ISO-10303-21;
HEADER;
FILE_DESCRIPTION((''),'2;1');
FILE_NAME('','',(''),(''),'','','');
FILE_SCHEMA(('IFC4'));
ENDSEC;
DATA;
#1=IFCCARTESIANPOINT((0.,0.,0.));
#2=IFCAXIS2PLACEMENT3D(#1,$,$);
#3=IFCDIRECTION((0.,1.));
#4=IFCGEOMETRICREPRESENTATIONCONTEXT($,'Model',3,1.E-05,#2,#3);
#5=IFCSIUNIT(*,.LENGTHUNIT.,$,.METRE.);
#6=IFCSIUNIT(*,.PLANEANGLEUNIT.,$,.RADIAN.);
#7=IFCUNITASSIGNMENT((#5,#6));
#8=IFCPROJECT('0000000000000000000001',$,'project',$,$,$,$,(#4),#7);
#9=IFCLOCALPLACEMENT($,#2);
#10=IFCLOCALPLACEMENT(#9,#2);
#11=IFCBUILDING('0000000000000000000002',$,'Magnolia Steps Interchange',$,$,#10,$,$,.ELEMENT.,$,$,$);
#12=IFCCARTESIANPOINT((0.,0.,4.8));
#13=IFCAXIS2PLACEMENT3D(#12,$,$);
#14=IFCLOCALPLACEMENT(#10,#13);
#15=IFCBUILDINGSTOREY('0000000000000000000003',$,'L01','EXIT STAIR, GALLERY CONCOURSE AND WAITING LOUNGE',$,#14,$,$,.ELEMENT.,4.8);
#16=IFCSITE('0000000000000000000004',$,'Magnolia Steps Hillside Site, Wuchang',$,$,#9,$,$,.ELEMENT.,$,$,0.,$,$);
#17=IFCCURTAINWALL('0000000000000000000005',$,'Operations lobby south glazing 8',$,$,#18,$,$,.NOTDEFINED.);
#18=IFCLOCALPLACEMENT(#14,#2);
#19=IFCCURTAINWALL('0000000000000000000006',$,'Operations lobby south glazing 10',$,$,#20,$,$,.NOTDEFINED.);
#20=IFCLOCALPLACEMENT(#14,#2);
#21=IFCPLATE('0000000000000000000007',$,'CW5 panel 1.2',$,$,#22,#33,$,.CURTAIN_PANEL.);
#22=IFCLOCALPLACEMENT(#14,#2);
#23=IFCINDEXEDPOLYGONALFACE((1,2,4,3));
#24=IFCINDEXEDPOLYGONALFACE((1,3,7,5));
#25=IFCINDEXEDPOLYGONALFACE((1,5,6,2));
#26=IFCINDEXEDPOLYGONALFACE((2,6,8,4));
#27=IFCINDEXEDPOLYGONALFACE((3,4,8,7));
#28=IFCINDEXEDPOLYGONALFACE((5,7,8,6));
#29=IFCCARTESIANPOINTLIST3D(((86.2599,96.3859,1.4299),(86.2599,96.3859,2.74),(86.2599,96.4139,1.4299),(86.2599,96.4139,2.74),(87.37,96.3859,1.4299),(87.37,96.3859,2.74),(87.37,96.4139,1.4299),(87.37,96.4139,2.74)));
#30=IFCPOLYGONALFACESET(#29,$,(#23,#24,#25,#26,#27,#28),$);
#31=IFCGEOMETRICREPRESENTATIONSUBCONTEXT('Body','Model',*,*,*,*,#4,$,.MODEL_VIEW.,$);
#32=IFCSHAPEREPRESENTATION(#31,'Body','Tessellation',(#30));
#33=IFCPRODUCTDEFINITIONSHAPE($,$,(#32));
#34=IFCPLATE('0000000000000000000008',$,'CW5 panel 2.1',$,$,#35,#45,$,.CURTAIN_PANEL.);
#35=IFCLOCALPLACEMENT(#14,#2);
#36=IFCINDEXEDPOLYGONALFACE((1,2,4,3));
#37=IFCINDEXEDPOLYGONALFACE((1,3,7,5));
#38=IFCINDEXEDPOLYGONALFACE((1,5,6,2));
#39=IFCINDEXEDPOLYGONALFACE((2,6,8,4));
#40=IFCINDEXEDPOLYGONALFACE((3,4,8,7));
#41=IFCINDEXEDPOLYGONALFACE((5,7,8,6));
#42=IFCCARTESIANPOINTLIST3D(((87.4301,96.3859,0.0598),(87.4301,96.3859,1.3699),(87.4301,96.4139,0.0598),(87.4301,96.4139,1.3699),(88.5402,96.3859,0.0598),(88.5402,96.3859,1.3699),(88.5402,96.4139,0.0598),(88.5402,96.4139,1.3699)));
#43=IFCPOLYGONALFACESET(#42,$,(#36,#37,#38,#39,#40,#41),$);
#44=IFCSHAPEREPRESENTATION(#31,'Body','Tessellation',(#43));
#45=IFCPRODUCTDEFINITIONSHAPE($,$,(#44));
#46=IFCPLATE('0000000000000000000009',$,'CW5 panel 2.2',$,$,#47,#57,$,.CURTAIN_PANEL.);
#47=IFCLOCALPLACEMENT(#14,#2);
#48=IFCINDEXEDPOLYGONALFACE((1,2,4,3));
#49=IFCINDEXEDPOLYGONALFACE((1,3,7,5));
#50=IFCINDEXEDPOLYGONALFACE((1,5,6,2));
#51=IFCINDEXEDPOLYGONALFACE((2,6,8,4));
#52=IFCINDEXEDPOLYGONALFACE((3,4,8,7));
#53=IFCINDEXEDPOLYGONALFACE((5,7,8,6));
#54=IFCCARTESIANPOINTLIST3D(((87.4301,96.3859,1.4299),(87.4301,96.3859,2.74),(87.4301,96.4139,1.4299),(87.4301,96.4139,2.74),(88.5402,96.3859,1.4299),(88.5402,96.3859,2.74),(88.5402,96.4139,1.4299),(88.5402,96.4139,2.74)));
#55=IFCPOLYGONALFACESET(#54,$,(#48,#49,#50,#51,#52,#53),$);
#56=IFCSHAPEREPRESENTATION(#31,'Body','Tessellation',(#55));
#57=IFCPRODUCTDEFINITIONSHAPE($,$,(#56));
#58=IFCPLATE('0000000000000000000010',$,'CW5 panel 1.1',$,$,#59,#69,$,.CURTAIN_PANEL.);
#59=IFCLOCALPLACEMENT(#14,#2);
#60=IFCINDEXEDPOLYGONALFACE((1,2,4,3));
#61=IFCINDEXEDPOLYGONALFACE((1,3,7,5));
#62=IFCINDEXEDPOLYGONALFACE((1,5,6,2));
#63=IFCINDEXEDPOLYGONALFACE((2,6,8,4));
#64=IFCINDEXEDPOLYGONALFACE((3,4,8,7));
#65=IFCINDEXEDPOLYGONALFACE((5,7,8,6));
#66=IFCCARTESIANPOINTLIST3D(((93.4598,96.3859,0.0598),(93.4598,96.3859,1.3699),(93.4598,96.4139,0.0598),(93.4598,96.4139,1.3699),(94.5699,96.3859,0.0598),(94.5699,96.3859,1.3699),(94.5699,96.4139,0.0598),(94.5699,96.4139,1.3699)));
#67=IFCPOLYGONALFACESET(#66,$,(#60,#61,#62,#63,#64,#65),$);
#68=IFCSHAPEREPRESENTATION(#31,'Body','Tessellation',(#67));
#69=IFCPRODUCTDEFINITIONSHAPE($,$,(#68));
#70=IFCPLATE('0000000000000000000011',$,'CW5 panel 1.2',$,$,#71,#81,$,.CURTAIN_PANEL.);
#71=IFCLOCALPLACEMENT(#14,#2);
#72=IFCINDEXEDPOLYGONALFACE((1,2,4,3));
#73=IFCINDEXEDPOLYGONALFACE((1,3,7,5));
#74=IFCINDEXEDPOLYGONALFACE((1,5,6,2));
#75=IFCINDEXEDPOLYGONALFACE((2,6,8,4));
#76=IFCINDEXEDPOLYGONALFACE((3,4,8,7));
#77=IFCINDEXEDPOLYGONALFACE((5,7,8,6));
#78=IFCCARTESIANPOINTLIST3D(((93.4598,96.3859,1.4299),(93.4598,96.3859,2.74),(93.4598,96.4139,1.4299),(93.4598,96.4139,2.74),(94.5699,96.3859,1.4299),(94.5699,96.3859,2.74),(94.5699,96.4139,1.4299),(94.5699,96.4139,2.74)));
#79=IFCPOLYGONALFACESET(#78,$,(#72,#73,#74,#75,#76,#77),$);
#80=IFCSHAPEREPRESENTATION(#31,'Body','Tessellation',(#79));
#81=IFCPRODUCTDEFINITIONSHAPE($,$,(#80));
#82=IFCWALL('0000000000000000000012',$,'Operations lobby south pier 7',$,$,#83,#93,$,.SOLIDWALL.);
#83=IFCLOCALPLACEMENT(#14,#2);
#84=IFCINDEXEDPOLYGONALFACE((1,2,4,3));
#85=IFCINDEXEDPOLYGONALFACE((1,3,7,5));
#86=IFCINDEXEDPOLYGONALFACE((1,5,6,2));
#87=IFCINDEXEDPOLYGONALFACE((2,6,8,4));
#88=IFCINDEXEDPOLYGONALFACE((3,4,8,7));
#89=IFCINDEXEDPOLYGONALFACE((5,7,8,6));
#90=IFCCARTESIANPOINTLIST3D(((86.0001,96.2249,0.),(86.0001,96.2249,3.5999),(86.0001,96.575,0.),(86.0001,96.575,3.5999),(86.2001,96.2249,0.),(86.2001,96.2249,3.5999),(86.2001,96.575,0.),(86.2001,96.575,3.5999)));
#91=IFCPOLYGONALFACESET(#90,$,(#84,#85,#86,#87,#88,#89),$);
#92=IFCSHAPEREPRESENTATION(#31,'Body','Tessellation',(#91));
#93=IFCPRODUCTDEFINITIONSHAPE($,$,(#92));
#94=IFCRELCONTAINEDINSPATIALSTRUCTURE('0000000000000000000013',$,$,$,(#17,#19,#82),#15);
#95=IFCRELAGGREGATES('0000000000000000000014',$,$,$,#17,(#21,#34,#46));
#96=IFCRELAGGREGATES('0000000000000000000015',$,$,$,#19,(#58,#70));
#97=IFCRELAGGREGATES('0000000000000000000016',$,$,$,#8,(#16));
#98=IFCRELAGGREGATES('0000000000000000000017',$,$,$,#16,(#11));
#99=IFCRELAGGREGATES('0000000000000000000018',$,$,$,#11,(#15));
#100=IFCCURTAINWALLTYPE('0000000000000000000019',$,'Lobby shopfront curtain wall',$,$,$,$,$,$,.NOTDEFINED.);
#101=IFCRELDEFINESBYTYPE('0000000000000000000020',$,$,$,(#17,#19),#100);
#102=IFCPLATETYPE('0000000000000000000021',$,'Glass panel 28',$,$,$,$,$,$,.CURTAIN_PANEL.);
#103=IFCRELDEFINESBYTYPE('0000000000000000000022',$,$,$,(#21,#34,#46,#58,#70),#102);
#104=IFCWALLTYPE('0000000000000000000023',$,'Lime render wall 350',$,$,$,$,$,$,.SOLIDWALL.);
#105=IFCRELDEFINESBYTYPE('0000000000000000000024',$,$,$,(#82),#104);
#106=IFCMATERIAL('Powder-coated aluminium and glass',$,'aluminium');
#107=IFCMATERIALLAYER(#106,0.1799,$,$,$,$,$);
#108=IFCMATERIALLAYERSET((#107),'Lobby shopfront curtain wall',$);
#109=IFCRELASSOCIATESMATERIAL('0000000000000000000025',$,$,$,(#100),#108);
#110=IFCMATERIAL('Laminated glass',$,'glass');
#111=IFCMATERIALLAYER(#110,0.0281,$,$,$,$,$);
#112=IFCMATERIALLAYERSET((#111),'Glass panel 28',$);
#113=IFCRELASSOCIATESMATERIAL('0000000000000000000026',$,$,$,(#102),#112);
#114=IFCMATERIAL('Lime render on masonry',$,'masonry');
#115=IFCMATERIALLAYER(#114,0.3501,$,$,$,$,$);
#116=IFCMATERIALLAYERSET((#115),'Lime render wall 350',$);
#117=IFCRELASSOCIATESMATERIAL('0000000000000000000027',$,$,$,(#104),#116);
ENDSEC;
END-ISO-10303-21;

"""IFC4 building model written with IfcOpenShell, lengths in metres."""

from ifc_helpers import new_model, si_unit, direction, frame, frame_2d, origin, origin_2d, place, context, subcontext, project, spatial, rectangle, extrude, material, layer, layer_set, type_object, element, aggregate, save


model = new_model("IFC4")

# Units and contexts
model_context = context("Model", 3, precision=1e-05, world=origin(), true_north=direction((0.0, 1.0)))
body_context = subcontext(model_context, "Body", "Model", "MODEL_VIEW")
ifc_project = project(units=[si_unit("LENGTHUNIT", "METRE"), si_unit("PLANEANGLEUNIT", "RADIAN")], contexts=[model_context])

# Site, building, storey
site_placement = place(None, origin())
site = spatial("IfcSite", under=ifc_project, at=site_placement, Name="Magnolia Steps Hillside Site, Wuchang", CompositionType="ELEMENT", RefElevation=0.0)
building_placement = place(site_placement, origin())
building = spatial("IfcBuilding", under=site, at=building_placement, Name="Magnolia Steps Interchange", CompositionType="ELEMENT")
storey_placement = place(building_placement, frame((0.0, 0.0, 4.8)))
storey = spatial("IfcBuildingStorey", under=building, at=storey_placement, Name="L01", Description="EXIT STAIR, GALLERY CONCOURSE AND WAITING LOUNGE", CompositionType="ELEMENT", Elevation=4.8)

# Curtain wall
ifc_material_1 = material(Name="Powder-coated aluminium and glass", Category="aluminium")
ifc_layer_1 = layer(ifc_material_1, 0.1799)
ifc_layer_set_1 = layer_set([ifc_layer_1], Name="Lobby shopfront curtain wall")
curtain_wall_type = type_object("IfcCurtainWallType", Name="Lobby shopfront curtain wall", PredefinedType="NOTDEFINED", material=ifc_layer_set_1)
curtain_wall_1_placement = place(storey_placement, origin())
curtain_wall_1 = element("IfcCurtainWall", 1, at=curtain_wall_1_placement, inside=storey, type_object=curtain_wall_type, Name="Operations lobby south glazing 8", PredefinedType="NOTDEFINED")

# Curtain wall
curtain_wall_2_placement = place(storey_placement, origin())
curtain_wall_2 = element("IfcCurtainWall", 2, at=curtain_wall_2_placement, inside=storey, type_object=curtain_wall_type, Name="Operations lobby south glazing 10", PredefinedType="NOTDEFINED")

# Plates
ifc_material_2 = material(Name="Laminated glass", Category="glass")
ifc_layer_2 = layer(ifc_material_2, 0.0281)
ifc_layer_set_2 = layer_set([ifc_layer_2], Name="Glass panel 28")
plate_type = type_object("IfcPlateType", Name="Glass panel 28", PredefinedType="CURTAIN_PANEL", material=ifc_layer_set_2)
plate_1_placement = place(storey_placement, frame((86.8149, 96.3999, 1.4299), z_axis=(0.0, 0.0, 1.0), x_axis=(1.0, 0.0, 0.0)))
plate_1 = element("IfcPlate", 3, at=plate_1_placement, type_object=plate_type, Name="CW5 panel 1.2", PredefinedType="CURTAIN_PANEL", context=body_context, shape_type="SweptSolid", body=[
    extrude(rectangle(XDim=1.1101, YDim=0.0281, at=origin_2d()), origin(), (0.0, 0.0, 1.0), 1.3101),
])
plate_2_placement = place(storey_placement, frame((87.9851, 96.3999, 0.0598), z_axis=(0.0, 0.0, 1.0), x_axis=(1.0, 0.0, 0.0)))
plate_2 = element("IfcPlate", 4, at=plate_2_placement, type_object=plate_type, Name="CW5 panel 2.1", PredefinedType="CURTAIN_PANEL", context=body_context, shape_type="SweptSolid", body=[
    extrude(rectangle(XDim=1.1101, YDim=0.0281, at=origin_2d()), origin(), (0.0, 0.0, 1.0), 1.3101),
])
plate_3_placement = place(storey_placement, frame((87.9851, 96.3999, 1.4299), z_axis=(0.0, 0.0, 1.0), x_axis=(1.0, 0.0, 0.0)))
plate_3 = element("IfcPlate", 5, at=plate_3_placement, type_object=plate_type, Name="CW5 panel 2.2", PredefinedType="CURTAIN_PANEL", context=body_context, shape_type="SweptSolid", body=[
    extrude(rectangle(XDim=1.1101, YDim=0.0281, at=origin_2d()), origin(), (0.0, 0.0, 1.0), 1.3101),
])
aggregate(curtain_wall_1, [plate_1, plate_2, plate_3])
plate_4_placement = place(storey_placement, frame((94.0149, 96.3999, 0.0598), z_axis=(0.0, 0.0, 1.0), x_axis=(1.0, 0.0, 0.0)))
plate_4 = element("IfcPlate", 6, at=plate_4_placement, type_object=plate_type, Name="CW5 panel 1.1", PredefinedType="CURTAIN_PANEL", context=body_context, shape_type="SweptSolid", body=[
    extrude(rectangle(XDim=1.1101, YDim=0.0281, at=origin_2d()), origin(), (0.0, 0.0, 1.0), 1.3101),
])
plate_5_placement = place(storey_placement, frame((94.0149, 96.3999, 1.4299), z_axis=(0.0, 0.0, 1.0), x_axis=(1.0, 0.0, 0.0)))
plate_5 = element("IfcPlate", 7, at=plate_5_placement, type_object=plate_type, Name="CW5 panel 1.2", PredefinedType="CURTAIN_PANEL", context=body_context, shape_type="SweptSolid", body=[
    extrude(rectangle(XDim=1.1101, YDim=0.0281, at=origin_2d()), origin(), (0.0, 0.0, 1.0), 1.3101),
])
aggregate(curtain_wall_2, [plate_4, plate_5])

# Wall
ifc_material_3 = material(Name="Lime render on masonry", Category="masonry")
ifc_layer_3 = layer(ifc_material_3, 0.3501)
ifc_layer_set_3 = layer_set([ifc_layer_3], Name="Lime render wall 350")
wall_type = type_object("IfcWallType", Name="Lime render wall 350", PredefinedType="SOLIDWALL", material=ifc_layer_set_3)
wall_1_placement = place(storey_placement, frame((86.0, 96.3999, 0.0), z_axis=(0.0, 0.0, 1.0), x_axis=(1.0, 0.0, 0.0)))
element("IfcWall", 8, at=wall_1_placement, inside=storey, type_object=wall_type, Name="Operations lobby south pier 7", PredefinedType="SOLIDWALL", context=body_context, shape_type="SweptSolid", body=[
    extrude(rectangle(XDim=0.2, YDim=0.3501, at=frame_2d((0.1001, 0.0))), origin(), (0.0, 0.0, 1.0), 3.5999),
])

save(model, "model.ifc")
